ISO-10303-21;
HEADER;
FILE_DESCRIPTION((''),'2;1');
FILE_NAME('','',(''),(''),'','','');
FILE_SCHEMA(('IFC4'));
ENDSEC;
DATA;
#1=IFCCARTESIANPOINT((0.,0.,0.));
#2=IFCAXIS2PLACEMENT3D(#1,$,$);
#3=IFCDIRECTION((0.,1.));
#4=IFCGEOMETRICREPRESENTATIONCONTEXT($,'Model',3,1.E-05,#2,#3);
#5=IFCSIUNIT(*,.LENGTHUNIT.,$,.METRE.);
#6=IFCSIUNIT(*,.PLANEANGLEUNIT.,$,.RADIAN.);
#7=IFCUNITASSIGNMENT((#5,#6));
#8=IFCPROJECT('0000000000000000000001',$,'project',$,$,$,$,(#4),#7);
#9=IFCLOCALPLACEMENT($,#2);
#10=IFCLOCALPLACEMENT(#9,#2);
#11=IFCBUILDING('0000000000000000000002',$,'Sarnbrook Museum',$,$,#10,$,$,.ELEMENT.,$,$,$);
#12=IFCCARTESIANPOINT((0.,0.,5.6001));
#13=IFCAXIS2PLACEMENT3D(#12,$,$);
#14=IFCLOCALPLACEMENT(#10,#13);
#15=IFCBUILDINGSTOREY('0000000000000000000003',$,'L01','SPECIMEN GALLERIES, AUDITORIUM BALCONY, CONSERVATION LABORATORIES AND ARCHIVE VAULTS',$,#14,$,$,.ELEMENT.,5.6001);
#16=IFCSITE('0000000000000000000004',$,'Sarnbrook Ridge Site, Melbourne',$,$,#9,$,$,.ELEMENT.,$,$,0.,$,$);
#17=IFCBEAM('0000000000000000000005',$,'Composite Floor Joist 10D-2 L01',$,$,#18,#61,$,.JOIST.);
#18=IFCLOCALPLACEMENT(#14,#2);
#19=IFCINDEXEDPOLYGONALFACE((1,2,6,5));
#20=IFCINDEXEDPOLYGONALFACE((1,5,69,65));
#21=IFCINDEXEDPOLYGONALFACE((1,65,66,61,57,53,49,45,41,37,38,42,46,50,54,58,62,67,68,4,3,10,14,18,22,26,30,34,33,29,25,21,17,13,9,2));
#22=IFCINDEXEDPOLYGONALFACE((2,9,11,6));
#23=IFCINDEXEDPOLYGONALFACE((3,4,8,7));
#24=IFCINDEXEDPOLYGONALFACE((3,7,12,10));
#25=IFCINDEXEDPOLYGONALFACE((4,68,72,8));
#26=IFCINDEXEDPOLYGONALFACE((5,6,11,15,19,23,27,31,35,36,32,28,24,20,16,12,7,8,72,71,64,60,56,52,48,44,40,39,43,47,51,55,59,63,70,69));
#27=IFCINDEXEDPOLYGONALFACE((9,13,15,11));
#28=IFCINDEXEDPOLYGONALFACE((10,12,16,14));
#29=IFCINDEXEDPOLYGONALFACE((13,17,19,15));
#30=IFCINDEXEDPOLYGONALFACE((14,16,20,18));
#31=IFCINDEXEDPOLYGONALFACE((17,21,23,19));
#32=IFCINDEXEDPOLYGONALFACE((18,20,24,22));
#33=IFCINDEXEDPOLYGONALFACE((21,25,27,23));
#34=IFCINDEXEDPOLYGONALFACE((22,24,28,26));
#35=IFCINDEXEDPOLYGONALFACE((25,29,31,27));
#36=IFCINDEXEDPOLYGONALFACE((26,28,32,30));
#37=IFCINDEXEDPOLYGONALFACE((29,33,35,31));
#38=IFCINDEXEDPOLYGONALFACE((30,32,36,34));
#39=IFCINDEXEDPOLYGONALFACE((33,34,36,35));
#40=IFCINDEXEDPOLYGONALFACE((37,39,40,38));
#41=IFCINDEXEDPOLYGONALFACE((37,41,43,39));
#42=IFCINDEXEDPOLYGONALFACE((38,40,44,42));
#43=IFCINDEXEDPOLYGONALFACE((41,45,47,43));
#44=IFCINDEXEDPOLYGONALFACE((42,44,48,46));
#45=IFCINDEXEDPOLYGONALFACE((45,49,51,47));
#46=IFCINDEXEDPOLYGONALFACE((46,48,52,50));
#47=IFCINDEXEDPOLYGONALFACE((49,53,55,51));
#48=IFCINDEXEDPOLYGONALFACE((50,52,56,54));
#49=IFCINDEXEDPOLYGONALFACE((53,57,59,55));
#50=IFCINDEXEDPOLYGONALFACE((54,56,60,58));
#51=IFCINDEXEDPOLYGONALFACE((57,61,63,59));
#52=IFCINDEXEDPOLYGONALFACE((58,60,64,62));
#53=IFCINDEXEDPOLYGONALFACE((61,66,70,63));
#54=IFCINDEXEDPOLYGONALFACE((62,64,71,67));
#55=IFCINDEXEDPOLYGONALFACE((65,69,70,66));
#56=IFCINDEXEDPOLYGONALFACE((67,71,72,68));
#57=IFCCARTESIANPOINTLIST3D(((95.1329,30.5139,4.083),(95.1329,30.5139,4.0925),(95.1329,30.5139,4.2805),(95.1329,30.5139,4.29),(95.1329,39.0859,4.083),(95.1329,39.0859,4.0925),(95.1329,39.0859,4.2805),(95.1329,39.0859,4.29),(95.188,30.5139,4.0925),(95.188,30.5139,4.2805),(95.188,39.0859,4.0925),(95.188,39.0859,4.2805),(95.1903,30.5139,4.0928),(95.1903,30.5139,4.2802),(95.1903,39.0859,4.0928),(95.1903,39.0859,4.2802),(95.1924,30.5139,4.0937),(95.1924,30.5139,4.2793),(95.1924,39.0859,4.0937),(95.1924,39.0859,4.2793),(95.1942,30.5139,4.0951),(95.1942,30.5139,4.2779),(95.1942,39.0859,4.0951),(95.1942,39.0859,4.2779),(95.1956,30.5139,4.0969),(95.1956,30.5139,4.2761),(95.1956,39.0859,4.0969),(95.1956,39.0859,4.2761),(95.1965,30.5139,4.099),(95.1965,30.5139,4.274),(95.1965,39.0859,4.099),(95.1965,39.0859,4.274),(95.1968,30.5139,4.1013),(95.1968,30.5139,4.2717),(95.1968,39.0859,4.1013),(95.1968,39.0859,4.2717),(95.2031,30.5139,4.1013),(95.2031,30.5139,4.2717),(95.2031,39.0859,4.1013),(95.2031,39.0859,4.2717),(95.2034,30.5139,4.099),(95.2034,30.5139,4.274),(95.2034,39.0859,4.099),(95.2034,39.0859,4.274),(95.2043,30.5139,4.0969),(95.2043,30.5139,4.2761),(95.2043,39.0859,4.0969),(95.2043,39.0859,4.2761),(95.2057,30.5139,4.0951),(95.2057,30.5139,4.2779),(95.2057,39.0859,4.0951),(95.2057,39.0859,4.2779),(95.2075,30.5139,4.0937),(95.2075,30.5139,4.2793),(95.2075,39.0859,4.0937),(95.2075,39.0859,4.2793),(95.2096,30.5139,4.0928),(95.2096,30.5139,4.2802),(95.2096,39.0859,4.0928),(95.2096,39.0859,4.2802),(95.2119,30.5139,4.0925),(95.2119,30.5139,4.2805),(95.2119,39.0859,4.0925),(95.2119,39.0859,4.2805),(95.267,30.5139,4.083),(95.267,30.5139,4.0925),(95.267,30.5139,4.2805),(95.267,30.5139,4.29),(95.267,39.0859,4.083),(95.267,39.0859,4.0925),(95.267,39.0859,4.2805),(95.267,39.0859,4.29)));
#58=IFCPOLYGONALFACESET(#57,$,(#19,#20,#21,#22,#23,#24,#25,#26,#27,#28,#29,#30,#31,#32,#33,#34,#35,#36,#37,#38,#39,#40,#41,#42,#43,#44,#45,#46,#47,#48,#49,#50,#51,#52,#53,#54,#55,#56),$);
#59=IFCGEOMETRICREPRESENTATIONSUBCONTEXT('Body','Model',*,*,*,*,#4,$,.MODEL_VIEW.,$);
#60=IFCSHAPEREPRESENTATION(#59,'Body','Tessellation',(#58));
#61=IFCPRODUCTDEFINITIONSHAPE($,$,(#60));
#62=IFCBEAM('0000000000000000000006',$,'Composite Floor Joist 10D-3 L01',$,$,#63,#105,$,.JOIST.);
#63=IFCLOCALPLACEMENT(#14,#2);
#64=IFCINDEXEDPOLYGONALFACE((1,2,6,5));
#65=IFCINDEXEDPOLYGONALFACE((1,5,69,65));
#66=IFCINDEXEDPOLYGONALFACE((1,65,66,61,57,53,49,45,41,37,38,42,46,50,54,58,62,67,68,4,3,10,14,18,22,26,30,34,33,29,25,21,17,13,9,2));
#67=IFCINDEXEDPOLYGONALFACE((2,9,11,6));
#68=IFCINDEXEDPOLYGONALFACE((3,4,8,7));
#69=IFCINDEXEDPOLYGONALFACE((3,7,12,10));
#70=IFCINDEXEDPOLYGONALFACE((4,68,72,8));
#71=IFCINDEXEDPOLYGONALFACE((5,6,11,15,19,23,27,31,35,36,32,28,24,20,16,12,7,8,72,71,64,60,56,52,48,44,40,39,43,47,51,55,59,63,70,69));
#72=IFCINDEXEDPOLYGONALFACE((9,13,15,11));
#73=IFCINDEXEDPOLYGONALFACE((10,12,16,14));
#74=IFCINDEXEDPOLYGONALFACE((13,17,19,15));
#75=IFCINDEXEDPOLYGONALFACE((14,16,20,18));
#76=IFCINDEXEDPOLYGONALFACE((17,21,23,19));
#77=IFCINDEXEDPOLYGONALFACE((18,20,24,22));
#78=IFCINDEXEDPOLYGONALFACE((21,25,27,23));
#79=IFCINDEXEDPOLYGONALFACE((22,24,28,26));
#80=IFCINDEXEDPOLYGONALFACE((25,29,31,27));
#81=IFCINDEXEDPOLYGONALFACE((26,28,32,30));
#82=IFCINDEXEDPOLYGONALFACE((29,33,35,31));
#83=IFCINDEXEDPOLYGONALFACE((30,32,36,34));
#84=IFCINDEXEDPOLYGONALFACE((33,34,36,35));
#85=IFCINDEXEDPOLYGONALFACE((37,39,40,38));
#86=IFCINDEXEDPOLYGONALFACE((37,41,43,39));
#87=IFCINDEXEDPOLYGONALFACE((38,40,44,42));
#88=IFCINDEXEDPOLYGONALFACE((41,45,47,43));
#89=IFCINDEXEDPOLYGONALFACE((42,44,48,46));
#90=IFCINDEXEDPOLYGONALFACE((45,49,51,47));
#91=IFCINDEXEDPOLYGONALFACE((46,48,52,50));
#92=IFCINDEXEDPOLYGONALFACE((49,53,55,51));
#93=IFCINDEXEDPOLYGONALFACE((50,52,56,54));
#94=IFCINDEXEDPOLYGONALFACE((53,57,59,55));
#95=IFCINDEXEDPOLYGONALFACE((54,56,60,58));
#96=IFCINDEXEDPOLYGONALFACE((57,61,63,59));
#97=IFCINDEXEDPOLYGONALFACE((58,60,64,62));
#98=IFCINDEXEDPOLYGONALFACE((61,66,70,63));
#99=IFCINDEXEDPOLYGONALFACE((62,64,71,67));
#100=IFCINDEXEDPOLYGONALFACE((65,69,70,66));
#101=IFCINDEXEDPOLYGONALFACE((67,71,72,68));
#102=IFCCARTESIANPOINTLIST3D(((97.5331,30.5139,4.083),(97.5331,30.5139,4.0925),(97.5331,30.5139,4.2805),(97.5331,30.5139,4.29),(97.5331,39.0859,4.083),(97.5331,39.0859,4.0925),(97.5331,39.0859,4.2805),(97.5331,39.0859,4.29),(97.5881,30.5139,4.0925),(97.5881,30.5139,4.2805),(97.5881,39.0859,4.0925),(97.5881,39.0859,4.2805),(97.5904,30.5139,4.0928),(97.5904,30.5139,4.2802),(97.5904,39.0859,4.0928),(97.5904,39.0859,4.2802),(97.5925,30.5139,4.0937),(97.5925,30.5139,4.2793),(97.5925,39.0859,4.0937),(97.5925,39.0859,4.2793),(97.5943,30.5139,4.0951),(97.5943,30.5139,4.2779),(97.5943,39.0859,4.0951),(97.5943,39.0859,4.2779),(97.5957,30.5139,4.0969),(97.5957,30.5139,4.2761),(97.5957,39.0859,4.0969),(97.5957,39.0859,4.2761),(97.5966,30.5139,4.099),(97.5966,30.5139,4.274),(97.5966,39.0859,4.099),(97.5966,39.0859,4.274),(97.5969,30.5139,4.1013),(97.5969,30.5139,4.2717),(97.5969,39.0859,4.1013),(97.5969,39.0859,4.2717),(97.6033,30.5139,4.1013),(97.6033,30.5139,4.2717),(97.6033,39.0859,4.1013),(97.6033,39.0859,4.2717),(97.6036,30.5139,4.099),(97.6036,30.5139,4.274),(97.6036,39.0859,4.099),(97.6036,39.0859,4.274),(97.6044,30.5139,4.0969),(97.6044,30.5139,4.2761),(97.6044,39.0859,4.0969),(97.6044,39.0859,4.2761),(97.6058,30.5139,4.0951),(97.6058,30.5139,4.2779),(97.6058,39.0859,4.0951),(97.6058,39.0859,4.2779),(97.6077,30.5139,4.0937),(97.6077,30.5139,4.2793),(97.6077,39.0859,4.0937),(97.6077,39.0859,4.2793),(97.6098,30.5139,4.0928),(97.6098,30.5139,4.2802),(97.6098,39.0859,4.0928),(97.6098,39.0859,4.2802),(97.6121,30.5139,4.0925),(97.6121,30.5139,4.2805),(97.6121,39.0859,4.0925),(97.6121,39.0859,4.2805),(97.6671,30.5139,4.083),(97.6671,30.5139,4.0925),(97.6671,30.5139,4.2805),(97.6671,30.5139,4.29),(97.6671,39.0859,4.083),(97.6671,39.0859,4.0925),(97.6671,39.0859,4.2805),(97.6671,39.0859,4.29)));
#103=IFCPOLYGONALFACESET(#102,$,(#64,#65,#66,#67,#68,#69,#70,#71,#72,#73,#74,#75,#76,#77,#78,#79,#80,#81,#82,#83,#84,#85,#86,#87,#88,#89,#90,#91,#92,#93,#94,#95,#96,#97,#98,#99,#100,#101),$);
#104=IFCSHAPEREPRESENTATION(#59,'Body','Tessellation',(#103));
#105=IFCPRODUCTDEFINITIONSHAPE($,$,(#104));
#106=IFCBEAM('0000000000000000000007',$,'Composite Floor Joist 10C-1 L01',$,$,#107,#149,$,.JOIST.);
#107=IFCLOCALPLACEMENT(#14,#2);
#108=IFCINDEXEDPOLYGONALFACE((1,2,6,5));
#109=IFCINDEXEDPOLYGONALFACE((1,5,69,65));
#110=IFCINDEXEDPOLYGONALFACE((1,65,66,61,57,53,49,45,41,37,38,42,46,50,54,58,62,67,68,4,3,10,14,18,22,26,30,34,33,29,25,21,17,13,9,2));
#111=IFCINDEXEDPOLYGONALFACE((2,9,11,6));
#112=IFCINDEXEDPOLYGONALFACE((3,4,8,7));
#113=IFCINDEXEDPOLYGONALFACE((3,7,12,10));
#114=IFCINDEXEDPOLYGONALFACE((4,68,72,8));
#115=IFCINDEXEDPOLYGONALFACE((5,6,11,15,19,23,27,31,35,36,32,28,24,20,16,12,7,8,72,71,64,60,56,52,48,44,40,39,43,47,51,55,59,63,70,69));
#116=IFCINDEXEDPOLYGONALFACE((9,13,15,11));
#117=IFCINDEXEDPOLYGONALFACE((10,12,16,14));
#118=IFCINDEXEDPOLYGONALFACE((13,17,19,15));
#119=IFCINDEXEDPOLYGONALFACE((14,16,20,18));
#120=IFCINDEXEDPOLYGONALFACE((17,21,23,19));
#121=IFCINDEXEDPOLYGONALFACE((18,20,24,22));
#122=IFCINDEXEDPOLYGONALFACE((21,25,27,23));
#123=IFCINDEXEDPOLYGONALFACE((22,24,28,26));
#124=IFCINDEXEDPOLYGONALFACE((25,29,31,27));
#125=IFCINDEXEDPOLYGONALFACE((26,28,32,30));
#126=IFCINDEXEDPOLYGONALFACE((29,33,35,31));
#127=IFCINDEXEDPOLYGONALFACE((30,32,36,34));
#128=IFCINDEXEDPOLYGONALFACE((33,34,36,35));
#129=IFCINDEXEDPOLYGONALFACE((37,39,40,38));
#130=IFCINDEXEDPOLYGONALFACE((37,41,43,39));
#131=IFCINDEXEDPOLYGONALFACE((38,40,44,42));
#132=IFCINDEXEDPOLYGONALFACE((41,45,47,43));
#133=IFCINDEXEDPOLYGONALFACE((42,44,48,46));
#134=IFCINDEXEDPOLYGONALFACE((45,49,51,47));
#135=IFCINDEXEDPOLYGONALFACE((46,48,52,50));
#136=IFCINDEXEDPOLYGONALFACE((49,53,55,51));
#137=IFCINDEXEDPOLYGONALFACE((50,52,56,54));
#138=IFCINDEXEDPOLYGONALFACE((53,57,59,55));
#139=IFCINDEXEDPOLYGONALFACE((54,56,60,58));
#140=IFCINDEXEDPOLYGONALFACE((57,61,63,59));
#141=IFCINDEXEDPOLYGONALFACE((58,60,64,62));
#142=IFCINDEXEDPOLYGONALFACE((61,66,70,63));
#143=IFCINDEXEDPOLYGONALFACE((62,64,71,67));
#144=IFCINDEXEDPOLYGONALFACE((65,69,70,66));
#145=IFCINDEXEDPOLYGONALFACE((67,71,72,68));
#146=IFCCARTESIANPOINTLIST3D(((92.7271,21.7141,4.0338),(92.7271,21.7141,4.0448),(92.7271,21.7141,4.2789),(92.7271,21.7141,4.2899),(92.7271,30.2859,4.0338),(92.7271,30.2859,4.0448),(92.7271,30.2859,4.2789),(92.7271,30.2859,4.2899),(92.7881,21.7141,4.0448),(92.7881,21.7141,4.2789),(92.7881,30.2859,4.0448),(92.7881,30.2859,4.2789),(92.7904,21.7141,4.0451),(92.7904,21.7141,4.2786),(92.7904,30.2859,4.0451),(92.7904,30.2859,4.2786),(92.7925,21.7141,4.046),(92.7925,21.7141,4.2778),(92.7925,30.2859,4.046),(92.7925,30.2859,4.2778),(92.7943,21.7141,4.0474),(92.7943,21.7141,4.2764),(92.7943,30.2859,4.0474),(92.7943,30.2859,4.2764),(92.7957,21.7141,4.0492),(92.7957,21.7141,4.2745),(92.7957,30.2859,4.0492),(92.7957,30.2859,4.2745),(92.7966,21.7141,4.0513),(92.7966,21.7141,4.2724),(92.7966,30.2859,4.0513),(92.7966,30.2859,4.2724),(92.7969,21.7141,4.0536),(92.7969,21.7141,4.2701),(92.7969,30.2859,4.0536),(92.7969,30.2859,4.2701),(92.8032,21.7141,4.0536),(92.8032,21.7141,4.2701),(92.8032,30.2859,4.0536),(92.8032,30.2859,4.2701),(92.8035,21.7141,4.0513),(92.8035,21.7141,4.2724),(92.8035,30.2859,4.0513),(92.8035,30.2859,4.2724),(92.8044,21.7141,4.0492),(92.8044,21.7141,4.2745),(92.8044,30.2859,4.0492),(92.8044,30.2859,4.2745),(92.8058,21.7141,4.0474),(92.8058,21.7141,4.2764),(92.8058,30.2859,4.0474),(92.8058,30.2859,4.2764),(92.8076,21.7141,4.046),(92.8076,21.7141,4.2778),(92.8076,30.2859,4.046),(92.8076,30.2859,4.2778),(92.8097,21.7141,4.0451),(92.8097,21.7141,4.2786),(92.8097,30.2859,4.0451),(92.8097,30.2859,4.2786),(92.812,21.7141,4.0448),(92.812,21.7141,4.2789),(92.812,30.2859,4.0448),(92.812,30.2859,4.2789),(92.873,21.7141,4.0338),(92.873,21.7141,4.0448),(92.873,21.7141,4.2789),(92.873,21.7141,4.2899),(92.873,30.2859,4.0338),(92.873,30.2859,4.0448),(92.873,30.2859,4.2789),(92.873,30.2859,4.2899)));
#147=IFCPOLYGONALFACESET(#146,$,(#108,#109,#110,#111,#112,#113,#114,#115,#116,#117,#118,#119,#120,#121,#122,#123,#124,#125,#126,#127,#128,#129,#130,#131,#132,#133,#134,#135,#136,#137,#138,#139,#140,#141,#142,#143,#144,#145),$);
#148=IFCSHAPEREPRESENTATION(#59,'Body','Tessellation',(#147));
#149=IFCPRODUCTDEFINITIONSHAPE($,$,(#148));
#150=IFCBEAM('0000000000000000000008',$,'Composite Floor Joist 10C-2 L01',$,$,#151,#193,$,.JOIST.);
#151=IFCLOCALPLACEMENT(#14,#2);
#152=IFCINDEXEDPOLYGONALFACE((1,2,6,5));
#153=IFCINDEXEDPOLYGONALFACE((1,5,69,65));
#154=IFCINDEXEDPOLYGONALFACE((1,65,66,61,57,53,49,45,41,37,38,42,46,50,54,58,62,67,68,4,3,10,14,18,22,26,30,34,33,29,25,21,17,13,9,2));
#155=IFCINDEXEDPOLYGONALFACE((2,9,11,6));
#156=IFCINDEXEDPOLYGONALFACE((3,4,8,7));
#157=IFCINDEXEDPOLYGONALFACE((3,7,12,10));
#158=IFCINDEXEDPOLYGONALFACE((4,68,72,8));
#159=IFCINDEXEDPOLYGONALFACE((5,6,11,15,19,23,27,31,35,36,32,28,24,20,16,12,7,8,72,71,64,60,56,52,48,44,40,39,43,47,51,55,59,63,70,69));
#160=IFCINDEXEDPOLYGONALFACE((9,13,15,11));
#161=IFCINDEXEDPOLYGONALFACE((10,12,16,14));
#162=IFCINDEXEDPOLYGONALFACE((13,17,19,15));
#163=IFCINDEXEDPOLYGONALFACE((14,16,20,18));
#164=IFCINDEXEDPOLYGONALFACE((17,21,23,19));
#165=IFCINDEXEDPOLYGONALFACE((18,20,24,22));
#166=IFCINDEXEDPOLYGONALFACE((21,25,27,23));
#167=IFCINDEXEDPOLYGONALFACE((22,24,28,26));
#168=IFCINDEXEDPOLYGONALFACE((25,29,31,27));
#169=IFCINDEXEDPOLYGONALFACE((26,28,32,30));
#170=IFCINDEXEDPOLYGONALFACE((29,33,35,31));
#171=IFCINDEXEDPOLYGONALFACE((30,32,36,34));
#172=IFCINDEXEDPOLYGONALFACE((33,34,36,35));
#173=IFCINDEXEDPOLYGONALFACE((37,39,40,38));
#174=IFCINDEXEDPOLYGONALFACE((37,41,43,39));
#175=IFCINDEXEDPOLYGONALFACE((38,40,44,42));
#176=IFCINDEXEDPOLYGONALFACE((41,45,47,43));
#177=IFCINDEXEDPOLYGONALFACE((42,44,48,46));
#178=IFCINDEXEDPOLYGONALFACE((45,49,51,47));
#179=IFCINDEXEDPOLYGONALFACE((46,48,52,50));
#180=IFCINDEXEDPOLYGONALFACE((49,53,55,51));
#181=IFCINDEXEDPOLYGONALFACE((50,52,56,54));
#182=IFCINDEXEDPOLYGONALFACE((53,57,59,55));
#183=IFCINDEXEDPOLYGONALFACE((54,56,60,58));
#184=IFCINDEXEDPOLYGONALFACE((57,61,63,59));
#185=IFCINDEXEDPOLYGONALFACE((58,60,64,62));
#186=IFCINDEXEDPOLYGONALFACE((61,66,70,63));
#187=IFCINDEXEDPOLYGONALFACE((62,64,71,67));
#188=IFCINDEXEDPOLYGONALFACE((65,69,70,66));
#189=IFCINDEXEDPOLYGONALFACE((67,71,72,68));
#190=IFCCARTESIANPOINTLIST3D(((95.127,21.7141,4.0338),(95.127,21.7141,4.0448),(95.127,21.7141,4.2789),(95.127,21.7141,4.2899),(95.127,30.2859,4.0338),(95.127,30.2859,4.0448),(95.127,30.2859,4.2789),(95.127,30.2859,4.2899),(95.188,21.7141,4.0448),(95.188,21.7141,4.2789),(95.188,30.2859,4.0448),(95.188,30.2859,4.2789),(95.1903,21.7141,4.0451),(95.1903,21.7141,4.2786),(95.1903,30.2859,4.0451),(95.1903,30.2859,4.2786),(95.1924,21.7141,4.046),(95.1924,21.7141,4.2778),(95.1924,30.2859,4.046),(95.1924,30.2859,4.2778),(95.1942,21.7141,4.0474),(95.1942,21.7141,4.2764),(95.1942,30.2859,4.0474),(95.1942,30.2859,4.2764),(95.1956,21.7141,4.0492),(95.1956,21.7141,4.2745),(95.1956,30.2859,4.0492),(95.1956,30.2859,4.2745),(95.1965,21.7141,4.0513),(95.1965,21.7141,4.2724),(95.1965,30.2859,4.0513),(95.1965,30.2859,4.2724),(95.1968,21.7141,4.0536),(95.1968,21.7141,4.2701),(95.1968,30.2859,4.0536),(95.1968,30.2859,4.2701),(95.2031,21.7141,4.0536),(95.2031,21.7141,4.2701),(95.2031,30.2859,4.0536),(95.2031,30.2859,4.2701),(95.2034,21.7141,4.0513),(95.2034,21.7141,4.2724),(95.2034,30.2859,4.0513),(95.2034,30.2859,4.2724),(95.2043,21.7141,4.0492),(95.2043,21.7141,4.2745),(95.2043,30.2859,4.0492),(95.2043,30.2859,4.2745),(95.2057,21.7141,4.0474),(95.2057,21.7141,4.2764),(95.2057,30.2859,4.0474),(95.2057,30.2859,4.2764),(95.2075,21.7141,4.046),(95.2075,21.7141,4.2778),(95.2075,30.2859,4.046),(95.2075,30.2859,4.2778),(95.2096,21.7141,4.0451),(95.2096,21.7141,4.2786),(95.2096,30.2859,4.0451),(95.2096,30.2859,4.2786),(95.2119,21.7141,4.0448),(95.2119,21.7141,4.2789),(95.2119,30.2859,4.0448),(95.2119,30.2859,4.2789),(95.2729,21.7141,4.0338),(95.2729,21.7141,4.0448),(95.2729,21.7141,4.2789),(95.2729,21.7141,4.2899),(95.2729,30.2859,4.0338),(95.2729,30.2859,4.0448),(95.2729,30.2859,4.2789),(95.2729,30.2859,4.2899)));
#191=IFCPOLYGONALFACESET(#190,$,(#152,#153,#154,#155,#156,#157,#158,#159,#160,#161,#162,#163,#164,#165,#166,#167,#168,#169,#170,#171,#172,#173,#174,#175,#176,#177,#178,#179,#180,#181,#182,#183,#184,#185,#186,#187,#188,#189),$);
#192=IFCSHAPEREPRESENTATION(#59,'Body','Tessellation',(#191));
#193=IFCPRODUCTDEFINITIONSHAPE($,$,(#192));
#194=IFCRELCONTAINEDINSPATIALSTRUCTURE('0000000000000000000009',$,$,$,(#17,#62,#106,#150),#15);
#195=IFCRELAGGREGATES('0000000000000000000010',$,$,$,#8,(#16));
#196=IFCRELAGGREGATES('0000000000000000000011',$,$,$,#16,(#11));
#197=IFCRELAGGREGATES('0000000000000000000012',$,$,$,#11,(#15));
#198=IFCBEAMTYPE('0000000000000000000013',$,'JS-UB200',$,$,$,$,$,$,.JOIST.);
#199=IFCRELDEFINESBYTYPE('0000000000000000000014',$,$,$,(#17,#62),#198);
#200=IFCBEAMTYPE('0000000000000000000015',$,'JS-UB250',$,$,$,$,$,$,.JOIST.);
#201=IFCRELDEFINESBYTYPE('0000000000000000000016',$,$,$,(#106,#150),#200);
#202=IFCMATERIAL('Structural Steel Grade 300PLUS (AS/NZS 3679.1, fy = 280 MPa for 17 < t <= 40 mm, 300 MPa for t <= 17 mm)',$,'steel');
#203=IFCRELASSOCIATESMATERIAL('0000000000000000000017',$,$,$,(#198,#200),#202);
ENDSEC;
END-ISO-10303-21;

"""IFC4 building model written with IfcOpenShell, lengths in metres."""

from ifc_helpers import new_model, si_unit, direction, frame, origin, origin_2d, place, context, subcontext, project, spatial, i_section, extrude, material, material_profile, profile_set, type_object, element, save


model = new_model("IFC4")

# Units and contexts
model_context = context("Model", 3, precision=1e-05, world=origin(), true_north=direction((0.0, 1.0)))
body_context = subcontext(model_context, "Body", "Model", "MODEL_VIEW")
ifc_project = project(units=[si_unit("LENGTHUNIT", "METRE"), si_unit("PLANEANGLEUNIT", "RADIAN")], contexts=[model_context])

# Site, building, storey
site_placement = place(None, origin())
site = spatial("IfcSite", under=ifc_project, at=site_placement, Name="Sarnbrook Ridge Site, Melbourne", CompositionType="ELEMENT", RefElevation=0.0)
building_placement = place(site_placement, origin())
building = spatial("IfcBuilding", under=site, at=building_placement, Name="Sarnbrook Museum", CompositionType="ELEMENT")
storey_placement = place(building_placement, frame((0.0, 0.0, 5.6001)))
storey = spatial("IfcBuildingStorey", under=building, at=storey_placement, Name="L01", Description="SPECIMEN GALLERIES, AUDITORIUM BALCONY, CONSERVATION LABORATORIES AND ARCHIVE VAULTS", CompositionType="ELEMENT", Elevation=5.6001)

# Shared definitions
ifc_material_1 = material(Name="Structural Steel Grade 300PLUS (AS/NZS 3679.1, fy = 280 MPa for 17 < t <= 40 mm, 300 MPa for t <= 17 mm)", Category="steel")

# Beams
ifc_material_profile_1 = material_profile(ifc_material_1, i_section(OverallWidth=0.134, OverallDepth=0.207, WebThickness=0.0063, FlangeThickness=0.0095, FilletRadius=0.0088, at=origin_2d()), Name="200UB29.8")
ifc_profile_set_1 = profile_set([ifc_material_profile_1], Name="Structural Steel Grade 300PLUS (AS/NZS 3679.1, fy = 280 MPa for 17 < t <= 40 mm, 300 MPa for t <= 17 mm)")
beam_type_1 = type_object("IfcBeamType", Name="JS-UB200", PredefinedType="JOIST", material=ifc_profile_set_1)
for number, where, z_axis, x_axis, name in (
    (1, (95.2, 30.5139, 4.1865), (0.0, 1.0, 0.0), (-1.0, 0.0, 0.0), "Composite Floor Joist 10D-2 L01"),
    (2, (97.6001, 30.5139, 4.1865), (0.0, 1.0, 0.0), (-1.0, 0.0, 0.0), "Composite Floor Joist 10D-3 L01"),
):
    element("IfcBeam", number, at=place(storey_placement, frame(where, z_axis=z_axis, x_axis=x_axis)), inside=storey, type_object=beam_type_1, Name=name, PredefinedType="JOIST", context=body_context, shape_type="SweptSolid", body=[
        extrude(i_section(OverallWidth=0.134, OverallDepth=0.207, WebThickness=0.0063, FlangeThickness=0.0095, FilletRadius=0.0088, at=origin_2d()), origin(), (0.0, 0.0, 1.0), 8.572),
    ])
ifc_material_profile_2 = material_profile(ifc_material_1, i_section(OverallWidth=0.146, OverallDepth=0.2561, WebThickness=0.0063, FlangeThickness=0.011, FilletRadius=0.0088, at=origin_2d()), Name="250UB37.3")
ifc_profile_set_2 = profile_set([ifc_material_profile_2], Name="Structural Steel Grade 300PLUS (AS/NZS 3679.1, fy = 280 MPa for 17 < t <= 40 mm, 300 MPa for t <= 17 mm)")
beam_type_2 = type_object("IfcBeamType", Name="JS-UB250", PredefinedType="JOIST", material=ifc_profile_set_2)
for number, where, z_axis, x_axis, name in (
    (3, (92.8, 21.7141, 4.1619), (0.0, 1.0, 0.0), (-1.0, 0.0, 0.0), "Composite Floor Joist 10C-1 L01"),
    (4, (95.2, 21.7141, 4.1619), (0.0, 1.0, 0.0), (-1.0, 0.0, 0.0), "Composite Floor Joist 10C-2 L01"),
):
    element("IfcBeam", number, at=place(storey_placement, frame(where, z_axis=z_axis, x_axis=x_axis)), inside=storey, type_object=beam_type_2, Name=name, PredefinedType="JOIST", context=body_context, shape_type="SweptSolid", body=[
        extrude(i_section(OverallWidth=0.146, OverallDepth=0.2561, WebThickness=0.0063, FlangeThickness=0.011, FilletRadius=0.0088, at=origin_2d()), origin(), (0.0, 0.0, 1.0), 8.5718),
    ])

save(model, "model.ifc")
